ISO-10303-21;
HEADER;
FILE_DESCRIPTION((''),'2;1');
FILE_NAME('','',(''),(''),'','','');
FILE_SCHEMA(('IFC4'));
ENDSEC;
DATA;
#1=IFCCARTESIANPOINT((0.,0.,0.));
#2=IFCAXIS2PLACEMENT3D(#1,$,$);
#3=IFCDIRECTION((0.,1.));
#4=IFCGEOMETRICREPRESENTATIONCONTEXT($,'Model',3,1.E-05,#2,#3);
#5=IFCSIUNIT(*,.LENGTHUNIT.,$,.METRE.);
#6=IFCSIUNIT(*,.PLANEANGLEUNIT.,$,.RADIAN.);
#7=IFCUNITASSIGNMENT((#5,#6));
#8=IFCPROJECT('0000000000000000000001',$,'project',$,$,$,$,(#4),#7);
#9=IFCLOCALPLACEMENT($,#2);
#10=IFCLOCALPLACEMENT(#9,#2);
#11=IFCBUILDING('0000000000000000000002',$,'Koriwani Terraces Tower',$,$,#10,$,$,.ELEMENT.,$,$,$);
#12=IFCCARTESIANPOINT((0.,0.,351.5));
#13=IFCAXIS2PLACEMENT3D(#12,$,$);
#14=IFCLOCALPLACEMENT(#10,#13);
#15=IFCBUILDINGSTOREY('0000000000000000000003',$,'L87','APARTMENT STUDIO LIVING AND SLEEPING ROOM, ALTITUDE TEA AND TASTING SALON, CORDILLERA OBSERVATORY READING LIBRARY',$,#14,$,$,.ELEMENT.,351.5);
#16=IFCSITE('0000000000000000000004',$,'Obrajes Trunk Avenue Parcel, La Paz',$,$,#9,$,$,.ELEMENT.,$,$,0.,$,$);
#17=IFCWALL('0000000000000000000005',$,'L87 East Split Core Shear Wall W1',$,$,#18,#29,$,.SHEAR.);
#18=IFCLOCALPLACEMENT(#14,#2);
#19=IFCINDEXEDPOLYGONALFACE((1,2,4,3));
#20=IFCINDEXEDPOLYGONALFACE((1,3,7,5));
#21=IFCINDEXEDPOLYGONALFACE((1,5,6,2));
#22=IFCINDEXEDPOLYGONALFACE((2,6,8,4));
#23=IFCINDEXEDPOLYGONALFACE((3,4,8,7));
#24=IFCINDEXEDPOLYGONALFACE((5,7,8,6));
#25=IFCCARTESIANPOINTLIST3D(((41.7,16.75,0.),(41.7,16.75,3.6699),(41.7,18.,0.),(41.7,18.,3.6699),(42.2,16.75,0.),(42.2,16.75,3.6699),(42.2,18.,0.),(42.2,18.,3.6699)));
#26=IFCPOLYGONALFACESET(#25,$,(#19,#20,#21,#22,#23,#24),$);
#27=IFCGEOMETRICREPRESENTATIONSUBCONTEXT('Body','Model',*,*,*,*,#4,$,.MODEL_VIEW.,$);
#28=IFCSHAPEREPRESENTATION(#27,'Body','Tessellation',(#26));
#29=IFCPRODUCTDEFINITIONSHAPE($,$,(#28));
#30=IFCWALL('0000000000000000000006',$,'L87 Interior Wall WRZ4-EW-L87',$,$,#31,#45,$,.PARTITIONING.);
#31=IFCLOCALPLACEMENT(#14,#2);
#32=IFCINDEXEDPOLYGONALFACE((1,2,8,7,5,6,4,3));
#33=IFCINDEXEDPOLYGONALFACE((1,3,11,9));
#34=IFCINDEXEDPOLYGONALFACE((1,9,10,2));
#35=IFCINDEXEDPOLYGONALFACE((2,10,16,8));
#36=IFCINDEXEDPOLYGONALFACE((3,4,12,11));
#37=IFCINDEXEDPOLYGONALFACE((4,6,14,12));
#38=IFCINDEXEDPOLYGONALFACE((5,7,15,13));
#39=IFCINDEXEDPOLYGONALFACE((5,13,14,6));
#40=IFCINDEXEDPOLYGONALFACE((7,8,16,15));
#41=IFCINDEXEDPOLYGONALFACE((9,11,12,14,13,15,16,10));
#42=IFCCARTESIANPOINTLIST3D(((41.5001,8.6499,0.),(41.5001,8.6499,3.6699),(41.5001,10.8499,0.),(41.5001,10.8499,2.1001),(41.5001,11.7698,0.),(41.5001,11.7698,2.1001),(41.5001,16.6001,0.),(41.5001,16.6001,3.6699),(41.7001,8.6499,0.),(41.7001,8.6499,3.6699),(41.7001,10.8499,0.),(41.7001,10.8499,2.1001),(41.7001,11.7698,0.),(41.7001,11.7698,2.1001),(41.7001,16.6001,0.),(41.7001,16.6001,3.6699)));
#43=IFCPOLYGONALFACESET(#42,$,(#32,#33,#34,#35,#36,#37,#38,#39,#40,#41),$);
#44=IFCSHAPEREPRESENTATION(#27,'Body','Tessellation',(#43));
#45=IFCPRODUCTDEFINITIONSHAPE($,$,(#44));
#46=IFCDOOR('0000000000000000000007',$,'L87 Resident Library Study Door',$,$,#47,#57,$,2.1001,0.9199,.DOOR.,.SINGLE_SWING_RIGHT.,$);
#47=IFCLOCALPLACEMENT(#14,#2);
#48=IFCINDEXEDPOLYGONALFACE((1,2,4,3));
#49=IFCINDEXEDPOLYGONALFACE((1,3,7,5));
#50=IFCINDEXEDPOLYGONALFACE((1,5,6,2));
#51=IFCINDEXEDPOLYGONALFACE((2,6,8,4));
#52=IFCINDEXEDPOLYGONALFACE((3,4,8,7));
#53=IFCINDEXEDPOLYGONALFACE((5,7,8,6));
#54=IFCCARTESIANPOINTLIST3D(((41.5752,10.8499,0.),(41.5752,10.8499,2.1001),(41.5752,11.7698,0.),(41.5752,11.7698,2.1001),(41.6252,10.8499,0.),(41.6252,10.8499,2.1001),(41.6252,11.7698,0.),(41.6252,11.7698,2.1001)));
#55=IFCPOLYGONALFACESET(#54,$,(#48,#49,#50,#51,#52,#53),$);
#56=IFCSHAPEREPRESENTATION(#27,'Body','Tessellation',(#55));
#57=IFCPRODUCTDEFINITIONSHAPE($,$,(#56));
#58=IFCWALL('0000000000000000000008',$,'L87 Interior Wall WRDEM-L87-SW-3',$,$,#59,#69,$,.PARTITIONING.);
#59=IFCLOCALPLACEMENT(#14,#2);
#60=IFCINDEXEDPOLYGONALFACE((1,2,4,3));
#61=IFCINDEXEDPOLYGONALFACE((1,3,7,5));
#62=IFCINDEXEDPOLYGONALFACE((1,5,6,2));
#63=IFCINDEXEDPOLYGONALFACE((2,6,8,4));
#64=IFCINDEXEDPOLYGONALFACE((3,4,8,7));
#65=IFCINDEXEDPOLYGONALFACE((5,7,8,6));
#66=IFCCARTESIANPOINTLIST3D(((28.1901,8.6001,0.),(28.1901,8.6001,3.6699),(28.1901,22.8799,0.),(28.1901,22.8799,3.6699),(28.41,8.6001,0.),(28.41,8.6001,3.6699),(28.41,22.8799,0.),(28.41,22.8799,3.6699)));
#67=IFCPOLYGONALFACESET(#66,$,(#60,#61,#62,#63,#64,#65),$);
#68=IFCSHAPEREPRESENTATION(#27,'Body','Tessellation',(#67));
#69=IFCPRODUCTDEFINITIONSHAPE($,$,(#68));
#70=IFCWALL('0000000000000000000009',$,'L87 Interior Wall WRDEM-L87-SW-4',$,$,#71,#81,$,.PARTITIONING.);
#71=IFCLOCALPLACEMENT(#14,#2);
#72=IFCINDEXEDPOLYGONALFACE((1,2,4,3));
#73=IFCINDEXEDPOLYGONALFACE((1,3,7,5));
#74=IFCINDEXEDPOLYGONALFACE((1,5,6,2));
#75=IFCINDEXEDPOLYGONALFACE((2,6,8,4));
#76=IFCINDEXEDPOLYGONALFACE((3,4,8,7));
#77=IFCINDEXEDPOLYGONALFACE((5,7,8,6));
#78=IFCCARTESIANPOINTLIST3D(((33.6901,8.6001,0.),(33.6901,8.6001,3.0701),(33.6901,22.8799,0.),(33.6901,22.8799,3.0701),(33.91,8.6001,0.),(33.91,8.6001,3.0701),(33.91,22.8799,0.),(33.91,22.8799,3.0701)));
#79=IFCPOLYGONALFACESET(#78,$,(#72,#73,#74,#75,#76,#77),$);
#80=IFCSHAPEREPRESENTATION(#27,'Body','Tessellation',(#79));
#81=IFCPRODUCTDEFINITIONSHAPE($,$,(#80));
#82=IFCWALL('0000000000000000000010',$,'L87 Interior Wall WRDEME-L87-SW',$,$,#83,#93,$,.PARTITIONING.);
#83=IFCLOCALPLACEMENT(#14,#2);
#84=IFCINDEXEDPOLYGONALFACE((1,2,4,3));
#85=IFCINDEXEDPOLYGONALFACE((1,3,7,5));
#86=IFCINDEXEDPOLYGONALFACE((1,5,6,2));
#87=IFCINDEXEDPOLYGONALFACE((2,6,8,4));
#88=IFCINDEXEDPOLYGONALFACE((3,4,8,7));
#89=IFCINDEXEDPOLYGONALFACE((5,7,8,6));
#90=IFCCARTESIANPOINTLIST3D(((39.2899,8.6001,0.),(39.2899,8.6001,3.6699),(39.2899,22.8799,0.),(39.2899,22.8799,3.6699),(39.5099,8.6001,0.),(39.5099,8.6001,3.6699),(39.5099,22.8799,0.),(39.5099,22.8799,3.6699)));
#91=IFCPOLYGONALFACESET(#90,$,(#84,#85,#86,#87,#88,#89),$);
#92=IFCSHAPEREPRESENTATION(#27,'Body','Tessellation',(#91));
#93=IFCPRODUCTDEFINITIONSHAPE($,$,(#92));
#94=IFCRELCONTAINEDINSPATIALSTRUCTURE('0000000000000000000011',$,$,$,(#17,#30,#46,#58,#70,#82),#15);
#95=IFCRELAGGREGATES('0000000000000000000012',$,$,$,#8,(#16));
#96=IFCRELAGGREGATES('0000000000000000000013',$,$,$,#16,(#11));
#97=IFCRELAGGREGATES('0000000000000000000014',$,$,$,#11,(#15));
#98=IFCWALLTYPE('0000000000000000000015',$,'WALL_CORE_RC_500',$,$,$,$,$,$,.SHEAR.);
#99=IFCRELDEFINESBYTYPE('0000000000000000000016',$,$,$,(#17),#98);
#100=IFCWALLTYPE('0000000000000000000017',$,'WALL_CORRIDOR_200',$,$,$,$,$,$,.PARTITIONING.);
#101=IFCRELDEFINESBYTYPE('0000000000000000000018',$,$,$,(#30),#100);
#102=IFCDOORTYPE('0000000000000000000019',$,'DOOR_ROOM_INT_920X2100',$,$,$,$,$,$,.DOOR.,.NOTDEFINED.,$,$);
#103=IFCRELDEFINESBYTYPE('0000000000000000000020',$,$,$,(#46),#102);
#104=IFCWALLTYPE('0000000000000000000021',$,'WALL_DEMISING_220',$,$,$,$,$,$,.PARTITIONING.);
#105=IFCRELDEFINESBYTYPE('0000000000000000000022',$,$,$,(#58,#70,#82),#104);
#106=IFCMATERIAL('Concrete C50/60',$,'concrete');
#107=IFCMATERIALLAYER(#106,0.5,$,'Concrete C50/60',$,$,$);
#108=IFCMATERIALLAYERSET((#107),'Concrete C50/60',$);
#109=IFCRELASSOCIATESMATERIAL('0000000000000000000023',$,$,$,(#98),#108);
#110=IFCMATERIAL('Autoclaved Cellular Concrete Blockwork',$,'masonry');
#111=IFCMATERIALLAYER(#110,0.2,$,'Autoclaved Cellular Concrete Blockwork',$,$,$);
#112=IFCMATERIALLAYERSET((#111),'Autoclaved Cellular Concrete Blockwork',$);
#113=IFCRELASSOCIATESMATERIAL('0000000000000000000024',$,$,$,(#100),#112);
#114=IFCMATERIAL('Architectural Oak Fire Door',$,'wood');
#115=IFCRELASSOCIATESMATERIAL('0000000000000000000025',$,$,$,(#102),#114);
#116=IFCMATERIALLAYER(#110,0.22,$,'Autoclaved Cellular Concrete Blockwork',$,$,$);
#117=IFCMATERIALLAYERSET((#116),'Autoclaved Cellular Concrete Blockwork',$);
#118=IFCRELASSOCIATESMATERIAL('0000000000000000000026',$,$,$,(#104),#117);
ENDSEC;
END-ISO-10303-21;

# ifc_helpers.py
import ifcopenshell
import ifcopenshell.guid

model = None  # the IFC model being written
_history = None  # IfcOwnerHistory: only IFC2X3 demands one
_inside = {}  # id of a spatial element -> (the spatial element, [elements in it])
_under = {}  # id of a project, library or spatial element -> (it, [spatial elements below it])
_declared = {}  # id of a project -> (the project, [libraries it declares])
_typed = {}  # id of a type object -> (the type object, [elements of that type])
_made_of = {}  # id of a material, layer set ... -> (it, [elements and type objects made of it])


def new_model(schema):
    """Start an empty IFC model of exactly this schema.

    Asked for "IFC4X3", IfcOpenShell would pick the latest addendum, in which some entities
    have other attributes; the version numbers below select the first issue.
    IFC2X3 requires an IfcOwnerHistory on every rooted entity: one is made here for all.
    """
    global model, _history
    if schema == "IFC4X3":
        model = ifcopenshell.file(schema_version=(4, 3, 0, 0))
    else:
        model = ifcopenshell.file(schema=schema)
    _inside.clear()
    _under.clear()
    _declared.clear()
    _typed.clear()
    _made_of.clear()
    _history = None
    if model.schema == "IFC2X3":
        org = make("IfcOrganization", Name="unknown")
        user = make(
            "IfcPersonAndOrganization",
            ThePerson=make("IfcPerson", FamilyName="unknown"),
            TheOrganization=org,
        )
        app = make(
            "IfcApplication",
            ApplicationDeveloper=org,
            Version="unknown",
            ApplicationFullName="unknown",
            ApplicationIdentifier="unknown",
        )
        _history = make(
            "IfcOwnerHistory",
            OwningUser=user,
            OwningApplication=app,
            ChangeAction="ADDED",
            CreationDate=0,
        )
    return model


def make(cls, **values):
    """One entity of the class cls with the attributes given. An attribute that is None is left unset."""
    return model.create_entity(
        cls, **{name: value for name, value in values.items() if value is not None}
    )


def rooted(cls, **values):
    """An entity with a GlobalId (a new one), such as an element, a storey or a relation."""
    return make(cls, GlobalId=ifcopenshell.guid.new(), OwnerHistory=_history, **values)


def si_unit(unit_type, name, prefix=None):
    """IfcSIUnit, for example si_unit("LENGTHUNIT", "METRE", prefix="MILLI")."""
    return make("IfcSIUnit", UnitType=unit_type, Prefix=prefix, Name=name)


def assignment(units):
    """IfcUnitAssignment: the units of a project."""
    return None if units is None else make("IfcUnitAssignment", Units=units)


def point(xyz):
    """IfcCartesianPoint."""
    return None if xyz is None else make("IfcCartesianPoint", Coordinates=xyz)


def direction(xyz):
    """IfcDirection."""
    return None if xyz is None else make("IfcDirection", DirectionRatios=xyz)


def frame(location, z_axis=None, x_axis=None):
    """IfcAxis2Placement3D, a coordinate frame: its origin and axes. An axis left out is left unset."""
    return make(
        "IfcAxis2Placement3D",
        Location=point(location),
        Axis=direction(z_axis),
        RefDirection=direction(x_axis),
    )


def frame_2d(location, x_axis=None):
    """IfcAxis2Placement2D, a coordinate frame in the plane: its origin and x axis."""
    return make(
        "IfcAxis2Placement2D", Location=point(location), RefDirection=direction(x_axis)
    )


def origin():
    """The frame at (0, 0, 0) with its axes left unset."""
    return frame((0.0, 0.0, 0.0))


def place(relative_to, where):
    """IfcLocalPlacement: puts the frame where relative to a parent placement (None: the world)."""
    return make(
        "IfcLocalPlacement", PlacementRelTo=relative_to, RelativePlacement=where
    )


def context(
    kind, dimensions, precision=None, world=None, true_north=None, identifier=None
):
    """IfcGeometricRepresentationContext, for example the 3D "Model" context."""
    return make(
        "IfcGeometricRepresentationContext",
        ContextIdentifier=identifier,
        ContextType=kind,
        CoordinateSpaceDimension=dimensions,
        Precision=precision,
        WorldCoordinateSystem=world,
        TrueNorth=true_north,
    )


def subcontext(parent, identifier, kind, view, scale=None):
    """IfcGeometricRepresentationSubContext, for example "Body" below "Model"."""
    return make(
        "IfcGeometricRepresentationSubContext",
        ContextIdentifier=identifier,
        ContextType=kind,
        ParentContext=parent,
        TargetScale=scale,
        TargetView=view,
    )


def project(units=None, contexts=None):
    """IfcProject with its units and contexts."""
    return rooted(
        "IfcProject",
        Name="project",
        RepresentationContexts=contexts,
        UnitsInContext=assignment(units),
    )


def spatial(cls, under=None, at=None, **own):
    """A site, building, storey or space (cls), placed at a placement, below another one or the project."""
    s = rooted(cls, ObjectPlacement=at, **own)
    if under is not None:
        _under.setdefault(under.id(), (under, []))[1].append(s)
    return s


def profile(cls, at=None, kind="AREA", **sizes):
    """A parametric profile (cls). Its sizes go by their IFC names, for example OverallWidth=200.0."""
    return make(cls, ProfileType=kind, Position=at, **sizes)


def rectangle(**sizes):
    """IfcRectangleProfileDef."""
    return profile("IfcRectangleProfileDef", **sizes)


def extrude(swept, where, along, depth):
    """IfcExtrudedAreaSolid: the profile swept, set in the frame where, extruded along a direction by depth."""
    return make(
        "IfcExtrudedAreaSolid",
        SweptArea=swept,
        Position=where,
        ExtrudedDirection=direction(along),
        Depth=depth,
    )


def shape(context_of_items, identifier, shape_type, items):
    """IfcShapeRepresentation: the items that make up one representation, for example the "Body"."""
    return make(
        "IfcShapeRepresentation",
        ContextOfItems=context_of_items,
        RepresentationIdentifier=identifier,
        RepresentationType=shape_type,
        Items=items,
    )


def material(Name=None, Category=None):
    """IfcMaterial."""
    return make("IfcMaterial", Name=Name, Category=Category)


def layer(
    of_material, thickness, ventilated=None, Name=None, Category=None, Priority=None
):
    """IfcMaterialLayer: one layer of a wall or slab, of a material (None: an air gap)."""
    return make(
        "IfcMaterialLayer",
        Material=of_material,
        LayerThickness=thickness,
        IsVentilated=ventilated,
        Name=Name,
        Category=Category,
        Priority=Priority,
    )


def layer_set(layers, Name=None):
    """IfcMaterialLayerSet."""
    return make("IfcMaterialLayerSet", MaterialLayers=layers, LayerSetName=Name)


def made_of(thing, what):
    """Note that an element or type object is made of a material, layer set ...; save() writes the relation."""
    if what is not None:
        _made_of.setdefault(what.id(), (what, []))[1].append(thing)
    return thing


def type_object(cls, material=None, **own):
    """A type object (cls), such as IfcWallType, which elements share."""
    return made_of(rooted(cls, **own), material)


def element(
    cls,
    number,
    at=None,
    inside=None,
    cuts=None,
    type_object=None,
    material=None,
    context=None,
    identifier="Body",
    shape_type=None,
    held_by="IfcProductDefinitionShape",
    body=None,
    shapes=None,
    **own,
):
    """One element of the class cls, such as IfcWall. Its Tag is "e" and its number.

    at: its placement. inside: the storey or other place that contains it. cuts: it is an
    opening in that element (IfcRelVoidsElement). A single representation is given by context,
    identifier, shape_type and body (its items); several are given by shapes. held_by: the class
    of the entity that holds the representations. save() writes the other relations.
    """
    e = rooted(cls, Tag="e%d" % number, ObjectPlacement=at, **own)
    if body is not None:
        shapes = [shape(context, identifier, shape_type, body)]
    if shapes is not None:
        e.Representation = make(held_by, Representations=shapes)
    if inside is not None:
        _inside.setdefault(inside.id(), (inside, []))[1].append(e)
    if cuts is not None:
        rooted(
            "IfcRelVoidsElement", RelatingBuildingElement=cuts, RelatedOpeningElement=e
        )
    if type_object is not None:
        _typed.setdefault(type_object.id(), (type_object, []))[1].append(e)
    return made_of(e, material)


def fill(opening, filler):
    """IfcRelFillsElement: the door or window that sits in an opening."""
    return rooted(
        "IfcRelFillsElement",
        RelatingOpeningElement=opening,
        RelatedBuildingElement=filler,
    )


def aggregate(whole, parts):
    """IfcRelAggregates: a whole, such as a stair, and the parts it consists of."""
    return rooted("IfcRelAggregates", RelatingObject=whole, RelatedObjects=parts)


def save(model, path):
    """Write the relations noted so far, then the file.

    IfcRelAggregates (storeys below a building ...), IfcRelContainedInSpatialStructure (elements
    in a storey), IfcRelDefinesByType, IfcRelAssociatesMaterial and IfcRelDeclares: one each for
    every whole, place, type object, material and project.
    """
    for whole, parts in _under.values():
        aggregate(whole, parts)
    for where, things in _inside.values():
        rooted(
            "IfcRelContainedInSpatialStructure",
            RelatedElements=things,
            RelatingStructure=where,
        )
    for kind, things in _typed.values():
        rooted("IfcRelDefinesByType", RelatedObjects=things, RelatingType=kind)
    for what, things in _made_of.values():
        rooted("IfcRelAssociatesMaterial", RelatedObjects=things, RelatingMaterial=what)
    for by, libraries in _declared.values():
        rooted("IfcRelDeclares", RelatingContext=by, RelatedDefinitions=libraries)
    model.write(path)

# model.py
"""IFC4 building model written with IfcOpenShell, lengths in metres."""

from ifc_helpers import new_model, si_unit, direction, frame, frame_2d, origin, place, context, subcontext, project, spatial, rectangle, extrude, material, layer, layer_set, type_object, element, fill, save


model = new_model("IFC4")

# Units and contexts
model_context = context("Model", 3, precision=1e-05, world=origin(), true_north=direction((0.0, 1.0)))
body_context = subcontext(model_context, "Body", "Model", "MODEL_VIEW")
ifc_project = project(units=[si_unit("LENGTHUNIT", "METRE"), si_unit("PLANEANGLEUNIT", "RADIAN")], contexts=[model_context])

# Site, building, storey
site_placement = place(None, origin())
site = spatial("IfcSite", under=ifc_project, at=site_placement, Name="Obrajes Trunk Avenue Parcel, La Paz", CompositionType="ELEMENT", RefElevation=0.0)
building_placement = place(site_placement, origin())
building = spatial("IfcBuilding", under=site, at=building_placement, Name="Koriwani Terraces Tower", CompositionType="ELEMENT")
storey_placement = place(building_placement, frame((0.0, 0.0, 351.5)))
storey = spatial("IfcBuildingStorey", under=building, at=storey_placement, Name="L87", Description="APARTMENT STUDIO LIVING AND SLEEPING ROOM, ALTITUDE TEA AND TASTING SALON, CORDILLERA OBSERVATORY READING LIBRARY", CompositionType="ELEMENT", Elevation=351.5)

# Shared definitions
ifc_material_1 = material(Name="Concrete C50/60", Category="concrete")

# Wall
ifc_layer_1 = layer(ifc_material_1, 0.5, Name="Concrete C50/60")
ifc_layer_set_1 = layer_set([ifc_layer_1], Name="Concrete C50/60")
wall_type_1 = type_object("IfcWallType", Name="WALL_CORE_RC_500", PredefinedType="SHEAR", material=ifc_layer_set_1)
wall_1_placement = place(storey_placement, frame((41.95, 16.75, 0.0), z_axis=(0.0, 0.0, 1.0), x_axis=(0.0, 1.0, 0.0)))
element("IfcWall", 1, at=wall_1_placement, inside=storey, type_object=wall_type_1, Name="L87 East Split Core Shear Wall W1", PredefinedType="SHEAR", context=body_context, shape_type="SweptSolid", body=[
    extrude(rectangle(XDim=1.25, YDim=0.5, at=frame_2d((0.625, 0.0))), origin(), (0.0, 0.0, 1.0), 3.6699),
])

# Wall, opening, door
ifc_material_2 = material(Name="Autoclaved Cellular Concrete Blockwork", Category="masonry")
ifc_layer_2 = layer(ifc_material_2, 0.2, Name="Autoclaved Cellular Concrete Blockwork")
ifc_layer_set_2 = layer_set([ifc_layer_2], Name="Autoclaved Cellular Concrete Blockwork")
wall_type_2 = type_object("IfcWallType", Name="WALL_CORRIDOR_200", PredefinedType="PARTITIONING", material=ifc_layer_set_2)
wall_2_placement = place(storey_placement, frame((41.6001, 8.6499, 0.0), z_axis=(0.0, 0.0, 1.0), x_axis=(0.0, 1.0, 0.0)))
wall_2 = element("IfcWall", 2, at=wall_2_placement, inside=storey, type_object=wall_type_2, Name="L87 Interior Wall WRZ4-EW-L87", PredefinedType="PARTITIONING", context=body_context, shape_type="SweptSolid", body=[
    extrude(rectangle(XDim=7.9502, YDim=0.2, at=frame_2d((3.9751, 0.0))), origin(), (0.0, 0.0, 1.0), 3.6699),
])
opening_placement = place(wall_2_placement, frame((2.2, 0.0, 0.0)))
opening = element("IfcOpeningElement", 3, at=opening_placement, cuts=wall_2, PredefinedType="OPENING", context=body_context, shape_type="SweptSolid", body=[
    extrude(rectangle(XDim=0.9199, YDim=2.1001, at=frame_2d((0.46, 1.05))), frame((0.0, 0.1099, 0.0), z_axis=(0.0, -1.0, 0.0), x_axis=(1.0, 0.0, 0.0)), (0.0, 0.0, 1.0), 0.22),
])
ifc_material_3 = material(Name="Architectural Oak Fire Door", Category="wood")
door_type = type_object("IfcDoorType", Name="DOOR_ROOM_INT_920X2100", OperationType="NOTDEFINED", PredefinedType="DOOR", material=ifc_material_3)
door_placement = place(opening_placement, origin())
door = element("IfcDoor", 4, at=door_placement, inside=storey, type_object=door_type, Name="L87 Resident Library Study Door", OperationType="SINGLE_SWING_RIGHT", OverallHeight=2.1001, OverallWidth=0.9199, PredefinedType="DOOR", context=body_context, shape_type="SweptSolid", body=[
    extrude(rectangle(XDim=0.9199, YDim=2.1001, at=frame_2d((0.46, 1.05))), frame((0.0, 0.0249, 0.0), z_axis=(0.0, -1.0, 0.0), x_axis=(1.0, 0.0, 0.0)), (0.0, 0.0, 1.0), 0.05),
])
fill(opening, door)

# Walls
ifc_layer_3 = layer(ifc_material_2, 0.22, Name="Autoclaved Cellular Concrete Blockwork")
ifc_layer_set_3 = layer_set([ifc_layer_3], Name="Autoclaved Cellular Concrete Blockwork")
wall_type_3 = type_object("IfcWallType", Name="WALL_DEMISING_220", PredefinedType="PARTITIONING", material=ifc_layer_set_3)
wall_3_placement = place(storey_placement, frame((28.3, 8.6001, 0.0), z_axis=(0.0, 0.0, 1.0), x_axis=(0.0, 1.0, 0.0)))
element("IfcWall", 5, at=wall_3_placement, inside=storey, type_object=wall_type_3, Name="L87 Interior Wall WRDEM-L87-SW-3", PredefinedType="PARTITIONING", context=body_context, shape_type="SweptSolid", body=[
    extrude(rectangle(XDim=14.2798, YDim=0.22, at=frame_2d((7.1399, 0.0))), origin(), (0.0, 0.0, 1.0), 3.6699),
])
wall_4_placement = place(storey_placement, frame((33.8, 8.6001, 0.0), z_axis=(0.0, 0.0, 1.0), x_axis=(0.0, 1.0, 0.0)))
element("IfcWall", 6, at=wall_4_placement, inside=storey, type_object=wall_type_3, Name="L87 Interior Wall WRDEM-L87-SW-4", PredefinedType="PARTITIONING", context=body_context, shape_type="SweptSolid", body=[
    extrude(rectangle(XDim=14.2798, YDim=0.22, at=frame_2d((7.1399, 0.0))), origin(), (0.0, 0.0, 1.0), 3.0701),
])
wall_5_placement = place(storey_placement, frame((39.3999, 8.6001, 0.0), z_axis=(0.0, 0.0, 1.0), x_axis=(0.0, 1.0, 0.0)))
element("IfcWall", 7, at=wall_5_placement, inside=storey, type_object=wall_type_3, Name="L87 Interior Wall WRDEME-L87-SW", PredefinedType="PARTITIONING", context=body_context, shape_type="SweptSolid", body=[
    extrude(rectangle(XDim=14.2798, YDim=0.22, at=frame_2d((7.1399, 0.0))), origin(), (0.0, 0.0, 1.0), 3.6699),
])

save(model, "model.ifc")
